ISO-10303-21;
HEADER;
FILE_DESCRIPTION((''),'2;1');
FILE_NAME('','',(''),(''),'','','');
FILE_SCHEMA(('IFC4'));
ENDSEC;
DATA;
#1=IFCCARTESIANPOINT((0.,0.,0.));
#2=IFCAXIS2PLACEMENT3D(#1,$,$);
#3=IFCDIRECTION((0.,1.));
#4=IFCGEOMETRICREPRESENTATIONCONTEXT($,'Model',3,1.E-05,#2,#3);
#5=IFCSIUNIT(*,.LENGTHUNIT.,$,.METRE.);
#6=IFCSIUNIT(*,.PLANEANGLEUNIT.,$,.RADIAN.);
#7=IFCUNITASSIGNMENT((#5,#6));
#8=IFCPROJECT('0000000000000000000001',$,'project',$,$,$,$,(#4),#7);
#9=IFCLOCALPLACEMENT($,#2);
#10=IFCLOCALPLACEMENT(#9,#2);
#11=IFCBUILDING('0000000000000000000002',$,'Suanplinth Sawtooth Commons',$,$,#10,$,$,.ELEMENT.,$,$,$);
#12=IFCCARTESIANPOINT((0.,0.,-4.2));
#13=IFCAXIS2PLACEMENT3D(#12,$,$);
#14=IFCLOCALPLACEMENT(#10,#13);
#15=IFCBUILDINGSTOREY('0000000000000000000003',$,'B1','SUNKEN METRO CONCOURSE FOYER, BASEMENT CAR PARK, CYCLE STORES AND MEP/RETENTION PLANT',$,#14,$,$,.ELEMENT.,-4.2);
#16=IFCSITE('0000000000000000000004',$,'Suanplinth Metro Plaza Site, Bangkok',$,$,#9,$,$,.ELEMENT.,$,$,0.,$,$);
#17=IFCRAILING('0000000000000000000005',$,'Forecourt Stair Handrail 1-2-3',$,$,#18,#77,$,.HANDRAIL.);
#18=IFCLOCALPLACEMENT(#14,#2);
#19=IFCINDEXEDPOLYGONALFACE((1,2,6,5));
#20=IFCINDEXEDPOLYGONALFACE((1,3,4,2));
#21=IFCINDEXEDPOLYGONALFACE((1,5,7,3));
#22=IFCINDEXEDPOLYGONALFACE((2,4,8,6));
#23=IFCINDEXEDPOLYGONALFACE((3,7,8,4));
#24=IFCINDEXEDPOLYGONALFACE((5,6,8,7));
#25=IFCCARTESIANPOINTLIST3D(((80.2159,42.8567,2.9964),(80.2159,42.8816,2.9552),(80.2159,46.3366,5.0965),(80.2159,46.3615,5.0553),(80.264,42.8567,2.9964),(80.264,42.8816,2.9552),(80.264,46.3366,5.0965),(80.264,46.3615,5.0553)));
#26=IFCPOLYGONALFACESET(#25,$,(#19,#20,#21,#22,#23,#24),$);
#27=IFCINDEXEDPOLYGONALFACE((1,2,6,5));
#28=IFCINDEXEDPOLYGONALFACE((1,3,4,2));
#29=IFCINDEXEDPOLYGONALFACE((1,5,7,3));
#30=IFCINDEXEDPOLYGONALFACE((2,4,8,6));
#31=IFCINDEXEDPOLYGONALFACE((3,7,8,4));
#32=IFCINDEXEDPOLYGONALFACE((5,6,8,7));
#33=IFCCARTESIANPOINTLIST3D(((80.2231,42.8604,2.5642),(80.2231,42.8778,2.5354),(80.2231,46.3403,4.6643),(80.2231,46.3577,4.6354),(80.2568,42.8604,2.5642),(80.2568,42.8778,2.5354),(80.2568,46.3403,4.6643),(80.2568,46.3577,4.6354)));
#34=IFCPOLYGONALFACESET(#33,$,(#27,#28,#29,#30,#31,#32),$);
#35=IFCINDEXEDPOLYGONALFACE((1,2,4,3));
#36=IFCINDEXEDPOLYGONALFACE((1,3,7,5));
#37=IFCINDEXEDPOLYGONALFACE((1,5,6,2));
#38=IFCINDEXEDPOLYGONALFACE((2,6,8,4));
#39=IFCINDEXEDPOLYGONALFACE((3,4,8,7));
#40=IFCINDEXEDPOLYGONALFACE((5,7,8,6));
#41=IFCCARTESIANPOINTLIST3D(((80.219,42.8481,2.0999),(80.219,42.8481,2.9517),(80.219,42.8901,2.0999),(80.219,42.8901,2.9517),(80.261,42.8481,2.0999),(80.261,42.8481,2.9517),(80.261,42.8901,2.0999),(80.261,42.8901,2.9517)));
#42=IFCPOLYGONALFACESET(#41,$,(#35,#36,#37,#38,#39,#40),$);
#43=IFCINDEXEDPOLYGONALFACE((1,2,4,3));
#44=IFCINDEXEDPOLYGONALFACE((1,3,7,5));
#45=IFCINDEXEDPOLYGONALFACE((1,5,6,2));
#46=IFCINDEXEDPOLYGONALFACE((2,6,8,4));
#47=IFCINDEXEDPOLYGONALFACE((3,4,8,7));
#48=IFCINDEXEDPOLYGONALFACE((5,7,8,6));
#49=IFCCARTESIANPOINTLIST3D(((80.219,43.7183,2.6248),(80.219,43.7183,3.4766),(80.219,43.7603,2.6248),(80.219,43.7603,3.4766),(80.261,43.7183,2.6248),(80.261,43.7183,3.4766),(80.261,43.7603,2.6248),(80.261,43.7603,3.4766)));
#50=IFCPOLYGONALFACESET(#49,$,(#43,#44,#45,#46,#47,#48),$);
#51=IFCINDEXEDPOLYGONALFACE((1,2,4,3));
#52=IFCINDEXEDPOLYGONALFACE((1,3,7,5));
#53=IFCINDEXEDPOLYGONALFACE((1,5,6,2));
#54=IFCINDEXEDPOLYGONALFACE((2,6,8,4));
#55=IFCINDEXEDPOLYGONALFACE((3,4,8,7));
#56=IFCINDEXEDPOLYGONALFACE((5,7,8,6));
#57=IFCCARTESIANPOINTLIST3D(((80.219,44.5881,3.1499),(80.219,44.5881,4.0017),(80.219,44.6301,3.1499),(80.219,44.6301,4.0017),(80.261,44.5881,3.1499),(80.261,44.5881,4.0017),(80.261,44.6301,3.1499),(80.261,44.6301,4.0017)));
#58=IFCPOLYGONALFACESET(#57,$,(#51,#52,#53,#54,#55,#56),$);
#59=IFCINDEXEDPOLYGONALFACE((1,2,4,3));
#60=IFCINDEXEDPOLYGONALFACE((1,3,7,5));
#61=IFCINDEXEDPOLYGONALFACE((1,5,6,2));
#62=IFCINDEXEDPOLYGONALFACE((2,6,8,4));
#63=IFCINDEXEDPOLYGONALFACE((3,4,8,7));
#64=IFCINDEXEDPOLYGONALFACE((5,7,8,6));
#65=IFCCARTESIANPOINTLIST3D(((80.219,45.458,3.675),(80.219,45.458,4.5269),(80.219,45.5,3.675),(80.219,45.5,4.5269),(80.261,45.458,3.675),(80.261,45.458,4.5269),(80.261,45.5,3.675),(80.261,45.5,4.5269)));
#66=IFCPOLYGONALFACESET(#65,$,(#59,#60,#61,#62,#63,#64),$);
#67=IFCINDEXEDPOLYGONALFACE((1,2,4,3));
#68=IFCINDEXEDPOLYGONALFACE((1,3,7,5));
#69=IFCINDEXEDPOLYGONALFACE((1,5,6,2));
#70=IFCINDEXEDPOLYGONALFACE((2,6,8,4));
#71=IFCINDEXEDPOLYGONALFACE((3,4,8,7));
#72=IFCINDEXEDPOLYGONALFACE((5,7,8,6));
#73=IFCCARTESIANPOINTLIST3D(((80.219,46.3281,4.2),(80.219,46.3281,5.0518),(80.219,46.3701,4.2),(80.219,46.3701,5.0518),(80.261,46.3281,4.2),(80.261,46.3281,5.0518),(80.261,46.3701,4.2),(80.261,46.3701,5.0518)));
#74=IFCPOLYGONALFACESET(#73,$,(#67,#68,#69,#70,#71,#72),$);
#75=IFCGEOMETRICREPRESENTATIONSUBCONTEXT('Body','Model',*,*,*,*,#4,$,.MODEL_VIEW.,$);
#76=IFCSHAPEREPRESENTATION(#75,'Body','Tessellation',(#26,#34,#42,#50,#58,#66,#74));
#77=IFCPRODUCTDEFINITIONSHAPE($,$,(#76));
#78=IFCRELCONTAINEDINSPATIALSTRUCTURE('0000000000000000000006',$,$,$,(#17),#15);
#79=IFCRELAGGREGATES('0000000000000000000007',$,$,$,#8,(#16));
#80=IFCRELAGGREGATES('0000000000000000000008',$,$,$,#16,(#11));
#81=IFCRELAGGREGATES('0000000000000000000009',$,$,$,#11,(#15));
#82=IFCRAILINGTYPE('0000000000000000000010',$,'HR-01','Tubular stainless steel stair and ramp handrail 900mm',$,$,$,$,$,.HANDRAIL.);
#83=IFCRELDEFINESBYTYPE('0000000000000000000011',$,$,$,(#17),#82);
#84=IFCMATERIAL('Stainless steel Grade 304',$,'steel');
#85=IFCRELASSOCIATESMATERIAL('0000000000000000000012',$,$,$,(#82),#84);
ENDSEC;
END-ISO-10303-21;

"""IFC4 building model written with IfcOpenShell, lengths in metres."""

from ifc_helpers import new_model, si_unit, direction, frame, origin, origin_2d, place, context, subcontext, project, spatial, rectangle, extrude, material, type_object, element, save


model = new_model("IFC4")

# Units and contexts
model_context = context("Model", 3, precision=1e-05, world=origin(), true_north=direction((0.0, 1.0)))
body_context = subcontext(model_context, "Body", "Model", "MODEL_VIEW")
ifc_project = project(units=[si_unit("LENGTHUNIT", "METRE"), si_unit("PLANEANGLEUNIT", "RADIAN")], contexts=[model_context])

# Site, building, storey
site_placement = place(None, origin())
site = spatial("IfcSite", under=ifc_project, at=site_placement, Name="Suanplinth Metro Plaza Site, Bangkok", CompositionType="ELEMENT", RefElevation=0.0)
building_placement = place(site_placement, origin())
building = spatial("IfcBuilding", under=site, at=building_placement, Name="Suanplinth Sawtooth Commons", CompositionType="ELEMENT")
storey_placement = place(building_placement, frame((0.0, 0.0, -4.2)))
storey = spatial("IfcBuildingStorey", under=building, at=storey_placement, Name="B1", Description="SUNKEN METRO CONCOURSE FOYER, BASEMENT CAR PARK, CYCLE STORES AND MEP/RETENTION PLANT", CompositionType="ELEMENT", Elevation=-4.2)

# Railing
ifc_material_1 = material(Name="Stainless steel Grade 304", Category="steel")
railing_type_1 = type_object("IfcRailingType", Name="HR-01", Description="Tubular stainless steel stair and ramp handrail 900mm", PredefinedType="HANDRAIL", material=ifc_material_1)
railing_1_placement = place(storey_placement, frame((80.24, 42.8691, 2.0999)))
element("IfcRailing", 1, at=railing_1_placement, inside=storey, type_object=railing_type_1, Name="Forecourt Stair Handrail 1-2-3", PredefinedType="HANDRAIL", context=body_context, shape_type="SweptSolid", body=[
    extrude(rectangle(XDim=0.0481, YDim=0.0481, at=origin_2d()), frame((0.0, 0.0, 0.876), z_axis=(0.0, 0.856176, 0.516685), x_axis=(-1.0, 0.0, 0.0)), (0.0, 0.0, 1.0), 4.0645),
    extrude(rectangle(XDim=0.0337, YDim=0.0337, at=origin_2d()), frame((0.0, 0.0, 0.45), z_axis=(0.0, 0.856176, 0.516685), x_axis=(-1.0, 0.0, 0.0)), (0.0, 0.0, 1.0), 4.0645),
    extrude(rectangle(XDim=0.042, YDim=0.042, at=origin_2d()), origin(), (0.0, 0.0, 1.0), 0.8518),
    extrude(rectangle(XDim=0.042, YDim=0.042, at=origin_2d()), frame((0.0, 0.8701, 0.5249)), (0.0, 0.0, 1.0), 0.8518),
    extrude(rectangle(XDim=0.042, YDim=0.042, at=origin_2d()), frame((0.0, 1.74, 1.05)), (0.0, 0.0, 1.0), 0.8518),
    extrude(rectangle(XDim=0.042, YDim=0.042, at=origin_2d()), frame((0.0, 2.6099, 1.5752)), (0.0, 0.0, 1.0), 0.8518),
    extrude(rectangle(XDim=0.042, YDim=0.042, at=origin_2d()), frame((0.0, 3.48, 2.1001)), (0.0, 0.0, 1.0), 0.8518),
])

save(model, "model.ifc")
